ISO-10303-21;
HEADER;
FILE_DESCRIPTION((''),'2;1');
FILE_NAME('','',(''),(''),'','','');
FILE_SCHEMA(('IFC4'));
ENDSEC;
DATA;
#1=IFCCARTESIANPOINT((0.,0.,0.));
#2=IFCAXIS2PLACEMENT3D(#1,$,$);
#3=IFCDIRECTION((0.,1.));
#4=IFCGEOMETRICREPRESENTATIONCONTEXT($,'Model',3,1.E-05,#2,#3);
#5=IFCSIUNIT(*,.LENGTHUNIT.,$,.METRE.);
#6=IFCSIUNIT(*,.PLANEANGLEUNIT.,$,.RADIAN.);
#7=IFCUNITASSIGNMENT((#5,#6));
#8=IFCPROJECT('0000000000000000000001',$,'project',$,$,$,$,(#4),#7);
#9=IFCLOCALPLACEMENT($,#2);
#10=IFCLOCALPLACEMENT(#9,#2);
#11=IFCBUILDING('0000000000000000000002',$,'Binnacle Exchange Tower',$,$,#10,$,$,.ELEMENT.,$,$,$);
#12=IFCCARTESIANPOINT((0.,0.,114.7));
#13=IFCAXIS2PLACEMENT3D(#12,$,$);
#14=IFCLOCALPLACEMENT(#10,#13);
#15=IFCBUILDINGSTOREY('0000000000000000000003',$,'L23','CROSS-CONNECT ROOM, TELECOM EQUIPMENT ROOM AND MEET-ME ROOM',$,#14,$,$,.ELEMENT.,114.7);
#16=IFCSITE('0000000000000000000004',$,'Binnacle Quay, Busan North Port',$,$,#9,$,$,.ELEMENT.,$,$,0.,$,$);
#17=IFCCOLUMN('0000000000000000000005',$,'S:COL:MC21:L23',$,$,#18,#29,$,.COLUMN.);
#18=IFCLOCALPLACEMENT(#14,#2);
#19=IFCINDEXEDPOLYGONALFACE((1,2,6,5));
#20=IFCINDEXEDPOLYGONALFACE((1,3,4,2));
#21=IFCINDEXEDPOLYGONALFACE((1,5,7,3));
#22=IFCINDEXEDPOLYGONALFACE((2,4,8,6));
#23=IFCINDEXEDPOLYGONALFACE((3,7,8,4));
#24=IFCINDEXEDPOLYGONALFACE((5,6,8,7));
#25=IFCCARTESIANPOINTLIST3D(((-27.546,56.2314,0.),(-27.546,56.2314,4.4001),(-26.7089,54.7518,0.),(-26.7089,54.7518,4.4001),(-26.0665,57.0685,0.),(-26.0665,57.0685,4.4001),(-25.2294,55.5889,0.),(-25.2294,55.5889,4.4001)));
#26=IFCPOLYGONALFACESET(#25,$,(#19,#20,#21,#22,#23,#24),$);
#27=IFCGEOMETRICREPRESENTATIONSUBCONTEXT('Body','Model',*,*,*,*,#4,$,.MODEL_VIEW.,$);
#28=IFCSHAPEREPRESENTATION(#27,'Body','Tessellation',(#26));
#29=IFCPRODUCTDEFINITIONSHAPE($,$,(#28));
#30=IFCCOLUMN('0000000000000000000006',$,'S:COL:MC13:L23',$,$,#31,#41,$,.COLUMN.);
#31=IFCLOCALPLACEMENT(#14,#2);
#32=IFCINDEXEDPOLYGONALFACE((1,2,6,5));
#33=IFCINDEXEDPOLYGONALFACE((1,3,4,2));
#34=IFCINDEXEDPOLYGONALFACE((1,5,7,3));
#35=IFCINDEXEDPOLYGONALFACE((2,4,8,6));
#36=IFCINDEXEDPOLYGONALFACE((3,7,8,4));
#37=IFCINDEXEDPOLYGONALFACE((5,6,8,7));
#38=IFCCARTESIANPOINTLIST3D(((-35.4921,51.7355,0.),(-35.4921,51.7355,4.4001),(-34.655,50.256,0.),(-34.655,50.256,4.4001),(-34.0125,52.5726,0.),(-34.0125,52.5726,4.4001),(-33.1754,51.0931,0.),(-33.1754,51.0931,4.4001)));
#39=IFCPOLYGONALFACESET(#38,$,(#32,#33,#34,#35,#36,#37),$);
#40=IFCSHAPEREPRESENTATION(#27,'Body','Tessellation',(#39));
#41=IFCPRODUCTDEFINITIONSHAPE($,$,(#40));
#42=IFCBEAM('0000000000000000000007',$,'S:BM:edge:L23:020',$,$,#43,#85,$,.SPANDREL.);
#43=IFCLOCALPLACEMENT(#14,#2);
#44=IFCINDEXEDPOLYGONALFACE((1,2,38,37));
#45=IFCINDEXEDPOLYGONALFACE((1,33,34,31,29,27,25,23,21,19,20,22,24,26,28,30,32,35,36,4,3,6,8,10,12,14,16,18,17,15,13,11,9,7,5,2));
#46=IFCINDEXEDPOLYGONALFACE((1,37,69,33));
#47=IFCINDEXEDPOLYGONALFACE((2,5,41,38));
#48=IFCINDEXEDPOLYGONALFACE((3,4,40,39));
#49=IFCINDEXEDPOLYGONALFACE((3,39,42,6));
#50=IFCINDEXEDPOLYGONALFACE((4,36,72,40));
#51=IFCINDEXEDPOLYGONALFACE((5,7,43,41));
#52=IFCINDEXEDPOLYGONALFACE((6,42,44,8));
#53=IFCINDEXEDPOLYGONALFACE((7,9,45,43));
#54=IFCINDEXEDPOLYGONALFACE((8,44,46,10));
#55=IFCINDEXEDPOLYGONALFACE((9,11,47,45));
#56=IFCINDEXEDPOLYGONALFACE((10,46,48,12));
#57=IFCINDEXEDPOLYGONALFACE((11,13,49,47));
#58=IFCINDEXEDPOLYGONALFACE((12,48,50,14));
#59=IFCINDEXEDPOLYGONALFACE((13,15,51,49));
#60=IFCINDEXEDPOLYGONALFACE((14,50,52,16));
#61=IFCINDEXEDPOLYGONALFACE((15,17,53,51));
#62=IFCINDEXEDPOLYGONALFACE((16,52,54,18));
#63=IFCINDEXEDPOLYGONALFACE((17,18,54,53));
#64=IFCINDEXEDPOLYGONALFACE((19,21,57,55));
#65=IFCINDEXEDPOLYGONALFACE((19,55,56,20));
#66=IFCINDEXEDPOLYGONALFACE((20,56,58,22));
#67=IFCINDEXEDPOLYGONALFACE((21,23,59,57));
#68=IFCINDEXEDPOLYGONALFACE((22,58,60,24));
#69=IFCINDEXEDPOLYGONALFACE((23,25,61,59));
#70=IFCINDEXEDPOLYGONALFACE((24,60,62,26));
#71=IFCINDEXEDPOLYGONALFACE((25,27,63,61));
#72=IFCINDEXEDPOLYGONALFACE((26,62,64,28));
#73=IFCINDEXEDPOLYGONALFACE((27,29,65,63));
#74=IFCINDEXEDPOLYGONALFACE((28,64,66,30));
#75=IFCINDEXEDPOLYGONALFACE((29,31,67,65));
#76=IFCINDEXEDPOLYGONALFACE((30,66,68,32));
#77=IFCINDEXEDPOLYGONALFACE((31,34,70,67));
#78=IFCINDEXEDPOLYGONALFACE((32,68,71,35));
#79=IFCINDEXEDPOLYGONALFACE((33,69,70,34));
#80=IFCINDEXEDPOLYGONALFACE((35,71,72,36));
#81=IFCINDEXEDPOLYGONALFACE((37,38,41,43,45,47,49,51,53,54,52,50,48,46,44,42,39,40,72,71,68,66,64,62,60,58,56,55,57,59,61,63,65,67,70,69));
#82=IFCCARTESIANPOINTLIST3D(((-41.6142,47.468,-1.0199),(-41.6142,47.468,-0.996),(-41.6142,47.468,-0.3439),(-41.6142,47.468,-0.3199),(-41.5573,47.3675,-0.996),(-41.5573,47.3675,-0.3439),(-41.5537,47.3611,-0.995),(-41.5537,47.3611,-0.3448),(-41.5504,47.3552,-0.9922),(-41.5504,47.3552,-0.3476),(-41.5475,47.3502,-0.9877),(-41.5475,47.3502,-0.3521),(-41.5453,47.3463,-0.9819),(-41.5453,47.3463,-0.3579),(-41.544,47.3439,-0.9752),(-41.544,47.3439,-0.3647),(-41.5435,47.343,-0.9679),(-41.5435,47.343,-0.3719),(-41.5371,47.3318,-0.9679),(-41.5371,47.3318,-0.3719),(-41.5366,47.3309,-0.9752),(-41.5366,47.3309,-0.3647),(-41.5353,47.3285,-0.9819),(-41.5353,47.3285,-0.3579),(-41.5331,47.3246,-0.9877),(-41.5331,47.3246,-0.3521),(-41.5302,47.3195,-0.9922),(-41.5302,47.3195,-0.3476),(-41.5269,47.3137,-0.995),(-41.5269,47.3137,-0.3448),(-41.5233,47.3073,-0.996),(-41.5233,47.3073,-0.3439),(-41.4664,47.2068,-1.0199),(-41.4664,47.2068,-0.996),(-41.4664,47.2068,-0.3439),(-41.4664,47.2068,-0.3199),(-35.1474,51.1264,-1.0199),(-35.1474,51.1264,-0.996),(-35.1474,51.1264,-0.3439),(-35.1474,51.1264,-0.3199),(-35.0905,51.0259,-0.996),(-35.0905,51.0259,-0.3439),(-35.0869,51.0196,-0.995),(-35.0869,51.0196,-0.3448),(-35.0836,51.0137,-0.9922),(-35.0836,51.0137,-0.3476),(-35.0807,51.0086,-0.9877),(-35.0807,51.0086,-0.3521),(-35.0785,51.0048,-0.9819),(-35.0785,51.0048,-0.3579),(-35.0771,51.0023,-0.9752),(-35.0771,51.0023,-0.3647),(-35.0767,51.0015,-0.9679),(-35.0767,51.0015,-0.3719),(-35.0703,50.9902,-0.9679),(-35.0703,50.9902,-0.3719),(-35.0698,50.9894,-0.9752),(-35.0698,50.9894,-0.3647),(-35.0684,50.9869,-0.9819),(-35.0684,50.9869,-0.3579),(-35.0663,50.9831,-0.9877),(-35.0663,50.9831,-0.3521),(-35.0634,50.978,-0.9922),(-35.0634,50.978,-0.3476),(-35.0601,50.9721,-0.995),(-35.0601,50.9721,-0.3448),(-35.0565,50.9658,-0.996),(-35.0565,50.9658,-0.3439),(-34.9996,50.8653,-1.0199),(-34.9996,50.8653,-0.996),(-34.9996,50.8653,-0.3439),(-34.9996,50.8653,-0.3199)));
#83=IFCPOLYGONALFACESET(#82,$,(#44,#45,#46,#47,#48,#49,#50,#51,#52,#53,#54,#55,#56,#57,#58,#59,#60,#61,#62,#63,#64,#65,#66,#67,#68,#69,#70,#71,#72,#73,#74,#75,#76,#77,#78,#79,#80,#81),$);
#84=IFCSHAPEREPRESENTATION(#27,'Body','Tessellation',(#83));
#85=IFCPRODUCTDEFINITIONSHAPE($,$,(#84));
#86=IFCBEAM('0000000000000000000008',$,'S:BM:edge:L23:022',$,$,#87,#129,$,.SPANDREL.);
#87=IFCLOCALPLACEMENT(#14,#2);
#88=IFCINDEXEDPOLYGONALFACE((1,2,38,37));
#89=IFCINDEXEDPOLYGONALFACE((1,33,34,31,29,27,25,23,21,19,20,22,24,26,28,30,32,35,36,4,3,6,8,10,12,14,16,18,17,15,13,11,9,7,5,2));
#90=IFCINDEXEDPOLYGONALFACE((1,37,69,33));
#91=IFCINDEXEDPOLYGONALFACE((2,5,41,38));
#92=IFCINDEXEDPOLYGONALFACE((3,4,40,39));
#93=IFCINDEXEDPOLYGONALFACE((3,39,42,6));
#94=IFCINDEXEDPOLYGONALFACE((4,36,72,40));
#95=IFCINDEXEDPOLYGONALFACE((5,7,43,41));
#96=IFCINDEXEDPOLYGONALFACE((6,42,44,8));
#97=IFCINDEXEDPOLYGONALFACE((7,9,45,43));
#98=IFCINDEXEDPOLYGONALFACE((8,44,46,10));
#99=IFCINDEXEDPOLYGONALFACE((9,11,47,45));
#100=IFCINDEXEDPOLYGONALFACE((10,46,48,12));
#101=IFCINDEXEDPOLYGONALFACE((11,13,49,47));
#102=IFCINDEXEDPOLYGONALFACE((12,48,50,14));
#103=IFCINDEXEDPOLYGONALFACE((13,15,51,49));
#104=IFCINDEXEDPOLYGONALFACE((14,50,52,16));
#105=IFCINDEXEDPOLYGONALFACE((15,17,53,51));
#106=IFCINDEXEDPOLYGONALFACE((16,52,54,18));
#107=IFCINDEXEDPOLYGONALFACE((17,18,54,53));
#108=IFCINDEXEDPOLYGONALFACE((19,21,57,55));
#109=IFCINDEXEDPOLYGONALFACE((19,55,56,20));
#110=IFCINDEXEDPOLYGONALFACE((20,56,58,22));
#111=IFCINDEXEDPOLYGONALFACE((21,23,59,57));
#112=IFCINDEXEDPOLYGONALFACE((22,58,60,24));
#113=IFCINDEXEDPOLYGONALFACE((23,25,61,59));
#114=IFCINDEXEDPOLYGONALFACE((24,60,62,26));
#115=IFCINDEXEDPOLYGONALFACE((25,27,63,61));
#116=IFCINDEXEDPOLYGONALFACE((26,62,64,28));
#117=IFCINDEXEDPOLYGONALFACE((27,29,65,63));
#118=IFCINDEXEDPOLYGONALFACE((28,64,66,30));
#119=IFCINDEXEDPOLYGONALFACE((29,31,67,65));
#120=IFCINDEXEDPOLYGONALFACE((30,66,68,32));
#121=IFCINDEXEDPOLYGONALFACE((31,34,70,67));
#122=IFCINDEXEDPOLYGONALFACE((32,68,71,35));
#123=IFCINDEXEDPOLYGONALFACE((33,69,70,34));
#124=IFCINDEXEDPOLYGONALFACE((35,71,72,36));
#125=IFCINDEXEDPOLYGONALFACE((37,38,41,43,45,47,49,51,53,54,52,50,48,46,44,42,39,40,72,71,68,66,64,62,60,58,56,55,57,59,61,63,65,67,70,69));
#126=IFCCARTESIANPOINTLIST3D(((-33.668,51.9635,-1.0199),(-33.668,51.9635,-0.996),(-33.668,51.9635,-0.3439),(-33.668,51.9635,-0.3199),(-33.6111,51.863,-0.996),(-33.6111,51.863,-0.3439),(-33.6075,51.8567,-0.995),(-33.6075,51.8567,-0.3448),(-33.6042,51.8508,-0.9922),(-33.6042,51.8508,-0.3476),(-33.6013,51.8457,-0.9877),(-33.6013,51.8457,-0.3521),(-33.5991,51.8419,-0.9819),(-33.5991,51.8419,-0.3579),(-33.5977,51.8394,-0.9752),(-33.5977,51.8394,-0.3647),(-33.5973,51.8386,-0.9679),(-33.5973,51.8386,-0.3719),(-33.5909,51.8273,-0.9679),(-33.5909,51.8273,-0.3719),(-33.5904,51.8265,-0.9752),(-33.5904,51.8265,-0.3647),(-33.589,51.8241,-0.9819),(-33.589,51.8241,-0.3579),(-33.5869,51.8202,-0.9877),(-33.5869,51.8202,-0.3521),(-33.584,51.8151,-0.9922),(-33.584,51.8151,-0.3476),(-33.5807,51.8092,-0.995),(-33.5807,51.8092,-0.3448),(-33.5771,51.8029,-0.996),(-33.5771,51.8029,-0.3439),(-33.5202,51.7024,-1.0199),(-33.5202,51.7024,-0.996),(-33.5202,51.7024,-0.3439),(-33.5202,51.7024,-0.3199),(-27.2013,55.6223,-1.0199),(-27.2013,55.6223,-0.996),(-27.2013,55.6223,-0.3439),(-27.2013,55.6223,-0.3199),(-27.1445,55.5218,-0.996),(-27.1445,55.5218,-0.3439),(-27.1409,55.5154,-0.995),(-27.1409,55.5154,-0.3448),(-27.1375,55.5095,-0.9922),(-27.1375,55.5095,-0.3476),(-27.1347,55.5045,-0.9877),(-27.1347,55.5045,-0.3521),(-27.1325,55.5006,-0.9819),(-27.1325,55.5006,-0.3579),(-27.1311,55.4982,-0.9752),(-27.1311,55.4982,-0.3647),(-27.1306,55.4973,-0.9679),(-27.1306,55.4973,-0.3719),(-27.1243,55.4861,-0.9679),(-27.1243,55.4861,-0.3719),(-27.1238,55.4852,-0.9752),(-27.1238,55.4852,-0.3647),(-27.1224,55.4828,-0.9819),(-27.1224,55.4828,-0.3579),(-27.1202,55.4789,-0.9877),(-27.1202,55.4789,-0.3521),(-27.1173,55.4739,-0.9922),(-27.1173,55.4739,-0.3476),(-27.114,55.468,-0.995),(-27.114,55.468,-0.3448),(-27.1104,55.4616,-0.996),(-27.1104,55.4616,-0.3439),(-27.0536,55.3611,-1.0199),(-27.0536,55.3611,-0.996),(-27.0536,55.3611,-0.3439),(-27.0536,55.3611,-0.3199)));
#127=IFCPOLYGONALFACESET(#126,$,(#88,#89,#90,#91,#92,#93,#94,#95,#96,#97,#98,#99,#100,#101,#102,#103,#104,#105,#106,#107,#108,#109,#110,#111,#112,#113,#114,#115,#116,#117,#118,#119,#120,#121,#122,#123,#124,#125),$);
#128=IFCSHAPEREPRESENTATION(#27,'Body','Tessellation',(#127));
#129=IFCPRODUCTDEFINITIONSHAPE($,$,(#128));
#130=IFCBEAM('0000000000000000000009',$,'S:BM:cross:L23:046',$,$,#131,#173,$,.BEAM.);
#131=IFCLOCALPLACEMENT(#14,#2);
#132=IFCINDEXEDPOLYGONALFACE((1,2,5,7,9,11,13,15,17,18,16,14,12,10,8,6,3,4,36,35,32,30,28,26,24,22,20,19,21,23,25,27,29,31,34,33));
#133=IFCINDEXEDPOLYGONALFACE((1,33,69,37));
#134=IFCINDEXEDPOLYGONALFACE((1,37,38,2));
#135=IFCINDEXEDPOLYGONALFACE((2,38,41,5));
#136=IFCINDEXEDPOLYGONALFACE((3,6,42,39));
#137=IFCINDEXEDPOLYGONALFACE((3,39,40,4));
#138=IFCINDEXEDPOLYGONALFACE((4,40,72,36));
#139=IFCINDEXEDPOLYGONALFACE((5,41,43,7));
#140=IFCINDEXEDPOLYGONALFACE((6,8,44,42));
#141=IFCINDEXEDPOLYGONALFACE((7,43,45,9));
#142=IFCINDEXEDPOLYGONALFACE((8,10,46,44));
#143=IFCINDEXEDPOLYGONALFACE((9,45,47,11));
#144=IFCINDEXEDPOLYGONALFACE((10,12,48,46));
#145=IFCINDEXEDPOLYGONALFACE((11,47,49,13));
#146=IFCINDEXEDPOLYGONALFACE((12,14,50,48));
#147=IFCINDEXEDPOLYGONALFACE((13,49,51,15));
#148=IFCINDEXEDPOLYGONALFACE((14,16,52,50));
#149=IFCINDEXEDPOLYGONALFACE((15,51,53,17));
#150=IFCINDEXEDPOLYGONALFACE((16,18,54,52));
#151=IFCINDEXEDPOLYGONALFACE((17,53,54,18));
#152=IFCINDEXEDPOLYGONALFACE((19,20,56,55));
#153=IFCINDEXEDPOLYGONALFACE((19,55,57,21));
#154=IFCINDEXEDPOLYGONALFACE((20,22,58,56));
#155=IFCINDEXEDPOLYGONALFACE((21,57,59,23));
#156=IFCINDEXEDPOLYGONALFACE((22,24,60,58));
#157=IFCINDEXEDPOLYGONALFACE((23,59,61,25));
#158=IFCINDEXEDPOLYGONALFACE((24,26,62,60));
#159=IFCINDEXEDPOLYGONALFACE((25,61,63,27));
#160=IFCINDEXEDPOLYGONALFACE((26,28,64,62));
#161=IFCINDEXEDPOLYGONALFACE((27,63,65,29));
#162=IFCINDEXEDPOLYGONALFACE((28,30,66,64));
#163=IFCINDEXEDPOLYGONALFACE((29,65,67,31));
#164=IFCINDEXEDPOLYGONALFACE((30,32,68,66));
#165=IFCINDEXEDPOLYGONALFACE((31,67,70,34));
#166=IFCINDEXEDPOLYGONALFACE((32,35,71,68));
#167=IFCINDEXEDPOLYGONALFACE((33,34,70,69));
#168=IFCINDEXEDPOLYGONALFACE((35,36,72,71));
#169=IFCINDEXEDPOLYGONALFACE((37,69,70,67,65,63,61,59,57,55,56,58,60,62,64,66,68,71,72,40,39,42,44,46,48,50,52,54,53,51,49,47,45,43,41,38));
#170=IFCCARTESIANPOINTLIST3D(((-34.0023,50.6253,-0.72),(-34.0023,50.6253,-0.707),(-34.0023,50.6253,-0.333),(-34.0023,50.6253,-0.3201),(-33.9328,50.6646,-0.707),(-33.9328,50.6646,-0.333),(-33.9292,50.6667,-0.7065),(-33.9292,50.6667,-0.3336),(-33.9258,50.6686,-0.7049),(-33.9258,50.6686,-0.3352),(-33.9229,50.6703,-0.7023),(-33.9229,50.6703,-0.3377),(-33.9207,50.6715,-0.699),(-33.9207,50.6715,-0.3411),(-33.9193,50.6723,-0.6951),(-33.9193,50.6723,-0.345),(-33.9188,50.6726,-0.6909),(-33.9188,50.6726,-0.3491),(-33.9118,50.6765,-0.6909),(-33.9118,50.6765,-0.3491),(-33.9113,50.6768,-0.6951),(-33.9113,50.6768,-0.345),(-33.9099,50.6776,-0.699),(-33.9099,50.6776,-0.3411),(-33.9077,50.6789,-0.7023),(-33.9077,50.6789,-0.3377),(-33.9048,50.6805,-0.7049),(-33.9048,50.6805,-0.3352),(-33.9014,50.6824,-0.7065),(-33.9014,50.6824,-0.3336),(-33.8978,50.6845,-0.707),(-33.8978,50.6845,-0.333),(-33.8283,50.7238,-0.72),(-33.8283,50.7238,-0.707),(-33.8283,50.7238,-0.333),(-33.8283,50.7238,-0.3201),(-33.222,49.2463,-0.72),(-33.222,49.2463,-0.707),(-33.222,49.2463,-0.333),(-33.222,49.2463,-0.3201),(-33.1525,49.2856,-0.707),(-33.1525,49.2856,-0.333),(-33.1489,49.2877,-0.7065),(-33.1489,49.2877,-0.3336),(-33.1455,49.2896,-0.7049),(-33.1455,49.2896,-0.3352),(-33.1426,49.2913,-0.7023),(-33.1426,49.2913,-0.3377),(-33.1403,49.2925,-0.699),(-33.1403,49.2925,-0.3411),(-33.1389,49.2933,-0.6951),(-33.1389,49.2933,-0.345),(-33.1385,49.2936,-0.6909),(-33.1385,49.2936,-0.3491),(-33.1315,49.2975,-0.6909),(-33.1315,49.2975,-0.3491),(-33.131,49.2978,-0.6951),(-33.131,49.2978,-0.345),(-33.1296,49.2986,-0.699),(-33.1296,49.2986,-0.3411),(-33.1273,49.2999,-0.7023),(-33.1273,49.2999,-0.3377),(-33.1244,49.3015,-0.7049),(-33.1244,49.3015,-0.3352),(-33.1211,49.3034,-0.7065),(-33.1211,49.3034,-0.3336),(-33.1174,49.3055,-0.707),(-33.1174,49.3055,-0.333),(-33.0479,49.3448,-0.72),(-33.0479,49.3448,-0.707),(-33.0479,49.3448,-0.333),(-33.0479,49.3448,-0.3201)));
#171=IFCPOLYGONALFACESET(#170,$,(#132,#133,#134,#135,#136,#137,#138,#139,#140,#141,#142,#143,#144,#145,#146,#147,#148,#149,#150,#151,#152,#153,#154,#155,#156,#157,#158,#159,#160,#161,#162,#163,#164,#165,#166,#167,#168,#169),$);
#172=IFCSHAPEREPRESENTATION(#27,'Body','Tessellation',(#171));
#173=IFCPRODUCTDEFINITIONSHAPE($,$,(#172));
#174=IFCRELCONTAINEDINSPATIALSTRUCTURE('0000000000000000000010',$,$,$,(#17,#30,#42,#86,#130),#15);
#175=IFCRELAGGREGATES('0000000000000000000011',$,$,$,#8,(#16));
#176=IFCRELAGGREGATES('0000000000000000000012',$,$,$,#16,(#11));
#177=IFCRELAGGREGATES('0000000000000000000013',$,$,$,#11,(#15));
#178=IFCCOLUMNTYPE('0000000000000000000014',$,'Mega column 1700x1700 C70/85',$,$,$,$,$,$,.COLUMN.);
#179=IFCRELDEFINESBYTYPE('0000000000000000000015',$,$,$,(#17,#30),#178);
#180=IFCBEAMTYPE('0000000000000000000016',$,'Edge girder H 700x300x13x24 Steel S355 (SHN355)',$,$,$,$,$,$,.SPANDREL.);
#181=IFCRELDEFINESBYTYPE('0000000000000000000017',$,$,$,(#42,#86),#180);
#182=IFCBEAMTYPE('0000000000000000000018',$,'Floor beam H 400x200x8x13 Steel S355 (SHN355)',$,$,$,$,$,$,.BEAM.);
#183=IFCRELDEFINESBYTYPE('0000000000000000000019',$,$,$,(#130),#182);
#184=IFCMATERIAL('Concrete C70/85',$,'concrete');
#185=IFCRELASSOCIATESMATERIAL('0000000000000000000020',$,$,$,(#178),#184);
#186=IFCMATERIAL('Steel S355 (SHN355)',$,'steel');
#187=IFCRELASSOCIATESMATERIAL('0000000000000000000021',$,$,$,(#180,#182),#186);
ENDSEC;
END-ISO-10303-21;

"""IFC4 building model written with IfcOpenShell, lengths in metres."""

from ifc_helpers import new_model, si_unit, direction, frame, origin, origin_2d, place, context, subcontext, project, spatial, rectangle, i_section, extrude, material, material_profile, profile_set, type_object, element, save


model = new_model("IFC4")

# Units and contexts
model_context = context("Model", 3, precision=1e-05, world=origin(), true_north=direction((0.0, 1.0)))
body_context = subcontext(model_context, "Body", "Model", "MODEL_VIEW")
ifc_project = project(units=[si_unit("LENGTHUNIT", "METRE"), si_unit("PLANEANGLEUNIT", "RADIAN")], contexts=[model_context])

# Site, building, storey
site_placement = place(None, origin())
site = spatial("IfcSite", under=ifc_project, at=site_placement, Name="Binnacle Quay, Busan North Port", CompositionType="ELEMENT", RefElevation=0.0)
building_placement = place(site_placement, origin())
building = spatial("IfcBuilding", under=site, at=building_placement, Name="Binnacle Exchange Tower", CompositionType="ELEMENT")
storey_placement = place(building_placement, frame((0.0, 0.0, 114.7)))
storey = spatial("IfcBuildingStorey", under=building, at=storey_placement, Name="L23", Description="CROSS-CONNECT ROOM, TELECOM EQUIPMENT ROOM AND MEET-ME ROOM", CompositionType="ELEMENT", Elevation=114.7)

# Columns
ifc_material_1 = material(Name="Concrete C70/85", Category="concrete")
ifc_material_profile_1 = material_profile(ifc_material_1, rectangle(XDim=1.7, YDim=1.7, at=origin_2d()), Name="Mega column 1700x1700 C70/85")
ifc_profile_set_1 = profile_set([ifc_material_profile_1], Name="Concrete C70/85")
column_type = type_object("IfcColumnType", Name="Mega column 1700x1700 C70/85", PredefinedType="COLUMN", material=ifc_profile_set_1)
for number, where, z_axis, x_axis, name in (
    (1, (-26.3877, 55.9102, 0.0), (0.0, 0.0, 1.0), (-0.870356, -0.492424, 0.0), "S:COL:MC21:L23"),
    (2, (-34.3337, 51.4143, 0.0), (0.0, 0.0, 1.0), (-0.870356, -0.492424, 0.0), "S:COL:MC13:L23"),
):
    element("IfcColumn", number, at=place(storey_placement, frame(where, z_axis=z_axis, x_axis=x_axis)), inside=storey, type_object=column_type, Name=name, PredefinedType="COLUMN", context=body_context, shape_type="SweptSolid", body=[
        extrude(rectangle(XDim=1.7, YDim=1.7, at=origin_2d()), origin(), (0.0, 0.0, 1.0), 4.4001),
    ])

# Beams
ifc_material_2 = material(Name="Steel S355 (SHN355)", Category="steel")
ifc_material_profile_2 = material_profile(ifc_material_2, i_section(OverallWidth=0.3, OverallDepth=0.7, WebThickness=0.0129, FlangeThickness=0.0239, FilletRadius=0.0281, at=origin_2d()), Name="H 700x300x13x24")
ifc_profile_set_2 = profile_set([ifc_material_profile_2], Name="Steel S355 (SHN355)")
beam_type_1 = type_object("IfcBeamType", Name="Edge girder H 700x300x13x24 Steel S355 (SHN355)", PredefinedType="SPANDREL", material=ifc_profile_set_2)
for number, where, z_axis, x_axis, name in (
    (3, (-35.0735, 50.9958, -0.6699), (-0.870372, -0.492394, 0.0), (0.492394, -0.870372, 0.0), "S:BM:edge:L23:020"),
    (4, (-27.1274, 55.4917, -0.6699), (-0.87035, -0.492433, 0.0), (0.492433, -0.87035, 0.0), "S:BM:edge:L23:022"),
):
    element("IfcBeam", number, at=place(storey_placement, frame(where, z_axis=z_axis, x_axis=x_axis)), inside=storey, type_object=beam_type_1, Name=name, PredefinedType="SPANDREL", context=body_context, shape_type="SweptSolid", body=[
        extrude(i_section(OverallWidth=0.3, OverallDepth=0.7, WebThickness=0.0129, FlangeThickness=0.0239, FilletRadius=0.0281, at=origin_2d()), origin(), (0.0, 0.0, 1.0), 7.4299),
    ])
ifc_material_profile_3 = material_profile(ifc_material_2, i_section(OverallWidth=0.2, OverallDepth=0.3999, WebThickness=0.0081, FlangeThickness=0.0129, FilletRadius=0.0161, at=origin_2d()), Name="H 400x200x8x13")
ifc_profile_set_3 = profile_set([ifc_material_profile_3], Name="Steel S355 (SHN355)")
beam_type_2 = type_object("IfcBeamType", Name="Floor beam H 400x200x8x13 Steel S355 (SHN355)", PredefinedType="BEAM", material=ifc_profile_set_3)
beam_1_placement = place(storey_placement, frame((-33.9153, 50.6746, -0.52), z_axis=(0.492484, -0.870322, 0.0), x_axis=(0.870322, 0.492484, 0.0)))
element("IfcBeam", 5, at=beam_1_placement, inside=storey, type_object=beam_type_2, Name="S:BM:cross:L23:046", PredefinedType="BEAM", context=body_context, shape_type="SweptSolid", body=[
    extrude(i_section(OverallWidth=0.2, OverallDepth=0.3999, WebThickness=0.0081, FlangeThickness=0.0129, FilletRadius=0.0161, at=origin_2d()), origin(), (0.0, 0.0, 1.0), 1.5845),
])

save(model, "model.ifc")
